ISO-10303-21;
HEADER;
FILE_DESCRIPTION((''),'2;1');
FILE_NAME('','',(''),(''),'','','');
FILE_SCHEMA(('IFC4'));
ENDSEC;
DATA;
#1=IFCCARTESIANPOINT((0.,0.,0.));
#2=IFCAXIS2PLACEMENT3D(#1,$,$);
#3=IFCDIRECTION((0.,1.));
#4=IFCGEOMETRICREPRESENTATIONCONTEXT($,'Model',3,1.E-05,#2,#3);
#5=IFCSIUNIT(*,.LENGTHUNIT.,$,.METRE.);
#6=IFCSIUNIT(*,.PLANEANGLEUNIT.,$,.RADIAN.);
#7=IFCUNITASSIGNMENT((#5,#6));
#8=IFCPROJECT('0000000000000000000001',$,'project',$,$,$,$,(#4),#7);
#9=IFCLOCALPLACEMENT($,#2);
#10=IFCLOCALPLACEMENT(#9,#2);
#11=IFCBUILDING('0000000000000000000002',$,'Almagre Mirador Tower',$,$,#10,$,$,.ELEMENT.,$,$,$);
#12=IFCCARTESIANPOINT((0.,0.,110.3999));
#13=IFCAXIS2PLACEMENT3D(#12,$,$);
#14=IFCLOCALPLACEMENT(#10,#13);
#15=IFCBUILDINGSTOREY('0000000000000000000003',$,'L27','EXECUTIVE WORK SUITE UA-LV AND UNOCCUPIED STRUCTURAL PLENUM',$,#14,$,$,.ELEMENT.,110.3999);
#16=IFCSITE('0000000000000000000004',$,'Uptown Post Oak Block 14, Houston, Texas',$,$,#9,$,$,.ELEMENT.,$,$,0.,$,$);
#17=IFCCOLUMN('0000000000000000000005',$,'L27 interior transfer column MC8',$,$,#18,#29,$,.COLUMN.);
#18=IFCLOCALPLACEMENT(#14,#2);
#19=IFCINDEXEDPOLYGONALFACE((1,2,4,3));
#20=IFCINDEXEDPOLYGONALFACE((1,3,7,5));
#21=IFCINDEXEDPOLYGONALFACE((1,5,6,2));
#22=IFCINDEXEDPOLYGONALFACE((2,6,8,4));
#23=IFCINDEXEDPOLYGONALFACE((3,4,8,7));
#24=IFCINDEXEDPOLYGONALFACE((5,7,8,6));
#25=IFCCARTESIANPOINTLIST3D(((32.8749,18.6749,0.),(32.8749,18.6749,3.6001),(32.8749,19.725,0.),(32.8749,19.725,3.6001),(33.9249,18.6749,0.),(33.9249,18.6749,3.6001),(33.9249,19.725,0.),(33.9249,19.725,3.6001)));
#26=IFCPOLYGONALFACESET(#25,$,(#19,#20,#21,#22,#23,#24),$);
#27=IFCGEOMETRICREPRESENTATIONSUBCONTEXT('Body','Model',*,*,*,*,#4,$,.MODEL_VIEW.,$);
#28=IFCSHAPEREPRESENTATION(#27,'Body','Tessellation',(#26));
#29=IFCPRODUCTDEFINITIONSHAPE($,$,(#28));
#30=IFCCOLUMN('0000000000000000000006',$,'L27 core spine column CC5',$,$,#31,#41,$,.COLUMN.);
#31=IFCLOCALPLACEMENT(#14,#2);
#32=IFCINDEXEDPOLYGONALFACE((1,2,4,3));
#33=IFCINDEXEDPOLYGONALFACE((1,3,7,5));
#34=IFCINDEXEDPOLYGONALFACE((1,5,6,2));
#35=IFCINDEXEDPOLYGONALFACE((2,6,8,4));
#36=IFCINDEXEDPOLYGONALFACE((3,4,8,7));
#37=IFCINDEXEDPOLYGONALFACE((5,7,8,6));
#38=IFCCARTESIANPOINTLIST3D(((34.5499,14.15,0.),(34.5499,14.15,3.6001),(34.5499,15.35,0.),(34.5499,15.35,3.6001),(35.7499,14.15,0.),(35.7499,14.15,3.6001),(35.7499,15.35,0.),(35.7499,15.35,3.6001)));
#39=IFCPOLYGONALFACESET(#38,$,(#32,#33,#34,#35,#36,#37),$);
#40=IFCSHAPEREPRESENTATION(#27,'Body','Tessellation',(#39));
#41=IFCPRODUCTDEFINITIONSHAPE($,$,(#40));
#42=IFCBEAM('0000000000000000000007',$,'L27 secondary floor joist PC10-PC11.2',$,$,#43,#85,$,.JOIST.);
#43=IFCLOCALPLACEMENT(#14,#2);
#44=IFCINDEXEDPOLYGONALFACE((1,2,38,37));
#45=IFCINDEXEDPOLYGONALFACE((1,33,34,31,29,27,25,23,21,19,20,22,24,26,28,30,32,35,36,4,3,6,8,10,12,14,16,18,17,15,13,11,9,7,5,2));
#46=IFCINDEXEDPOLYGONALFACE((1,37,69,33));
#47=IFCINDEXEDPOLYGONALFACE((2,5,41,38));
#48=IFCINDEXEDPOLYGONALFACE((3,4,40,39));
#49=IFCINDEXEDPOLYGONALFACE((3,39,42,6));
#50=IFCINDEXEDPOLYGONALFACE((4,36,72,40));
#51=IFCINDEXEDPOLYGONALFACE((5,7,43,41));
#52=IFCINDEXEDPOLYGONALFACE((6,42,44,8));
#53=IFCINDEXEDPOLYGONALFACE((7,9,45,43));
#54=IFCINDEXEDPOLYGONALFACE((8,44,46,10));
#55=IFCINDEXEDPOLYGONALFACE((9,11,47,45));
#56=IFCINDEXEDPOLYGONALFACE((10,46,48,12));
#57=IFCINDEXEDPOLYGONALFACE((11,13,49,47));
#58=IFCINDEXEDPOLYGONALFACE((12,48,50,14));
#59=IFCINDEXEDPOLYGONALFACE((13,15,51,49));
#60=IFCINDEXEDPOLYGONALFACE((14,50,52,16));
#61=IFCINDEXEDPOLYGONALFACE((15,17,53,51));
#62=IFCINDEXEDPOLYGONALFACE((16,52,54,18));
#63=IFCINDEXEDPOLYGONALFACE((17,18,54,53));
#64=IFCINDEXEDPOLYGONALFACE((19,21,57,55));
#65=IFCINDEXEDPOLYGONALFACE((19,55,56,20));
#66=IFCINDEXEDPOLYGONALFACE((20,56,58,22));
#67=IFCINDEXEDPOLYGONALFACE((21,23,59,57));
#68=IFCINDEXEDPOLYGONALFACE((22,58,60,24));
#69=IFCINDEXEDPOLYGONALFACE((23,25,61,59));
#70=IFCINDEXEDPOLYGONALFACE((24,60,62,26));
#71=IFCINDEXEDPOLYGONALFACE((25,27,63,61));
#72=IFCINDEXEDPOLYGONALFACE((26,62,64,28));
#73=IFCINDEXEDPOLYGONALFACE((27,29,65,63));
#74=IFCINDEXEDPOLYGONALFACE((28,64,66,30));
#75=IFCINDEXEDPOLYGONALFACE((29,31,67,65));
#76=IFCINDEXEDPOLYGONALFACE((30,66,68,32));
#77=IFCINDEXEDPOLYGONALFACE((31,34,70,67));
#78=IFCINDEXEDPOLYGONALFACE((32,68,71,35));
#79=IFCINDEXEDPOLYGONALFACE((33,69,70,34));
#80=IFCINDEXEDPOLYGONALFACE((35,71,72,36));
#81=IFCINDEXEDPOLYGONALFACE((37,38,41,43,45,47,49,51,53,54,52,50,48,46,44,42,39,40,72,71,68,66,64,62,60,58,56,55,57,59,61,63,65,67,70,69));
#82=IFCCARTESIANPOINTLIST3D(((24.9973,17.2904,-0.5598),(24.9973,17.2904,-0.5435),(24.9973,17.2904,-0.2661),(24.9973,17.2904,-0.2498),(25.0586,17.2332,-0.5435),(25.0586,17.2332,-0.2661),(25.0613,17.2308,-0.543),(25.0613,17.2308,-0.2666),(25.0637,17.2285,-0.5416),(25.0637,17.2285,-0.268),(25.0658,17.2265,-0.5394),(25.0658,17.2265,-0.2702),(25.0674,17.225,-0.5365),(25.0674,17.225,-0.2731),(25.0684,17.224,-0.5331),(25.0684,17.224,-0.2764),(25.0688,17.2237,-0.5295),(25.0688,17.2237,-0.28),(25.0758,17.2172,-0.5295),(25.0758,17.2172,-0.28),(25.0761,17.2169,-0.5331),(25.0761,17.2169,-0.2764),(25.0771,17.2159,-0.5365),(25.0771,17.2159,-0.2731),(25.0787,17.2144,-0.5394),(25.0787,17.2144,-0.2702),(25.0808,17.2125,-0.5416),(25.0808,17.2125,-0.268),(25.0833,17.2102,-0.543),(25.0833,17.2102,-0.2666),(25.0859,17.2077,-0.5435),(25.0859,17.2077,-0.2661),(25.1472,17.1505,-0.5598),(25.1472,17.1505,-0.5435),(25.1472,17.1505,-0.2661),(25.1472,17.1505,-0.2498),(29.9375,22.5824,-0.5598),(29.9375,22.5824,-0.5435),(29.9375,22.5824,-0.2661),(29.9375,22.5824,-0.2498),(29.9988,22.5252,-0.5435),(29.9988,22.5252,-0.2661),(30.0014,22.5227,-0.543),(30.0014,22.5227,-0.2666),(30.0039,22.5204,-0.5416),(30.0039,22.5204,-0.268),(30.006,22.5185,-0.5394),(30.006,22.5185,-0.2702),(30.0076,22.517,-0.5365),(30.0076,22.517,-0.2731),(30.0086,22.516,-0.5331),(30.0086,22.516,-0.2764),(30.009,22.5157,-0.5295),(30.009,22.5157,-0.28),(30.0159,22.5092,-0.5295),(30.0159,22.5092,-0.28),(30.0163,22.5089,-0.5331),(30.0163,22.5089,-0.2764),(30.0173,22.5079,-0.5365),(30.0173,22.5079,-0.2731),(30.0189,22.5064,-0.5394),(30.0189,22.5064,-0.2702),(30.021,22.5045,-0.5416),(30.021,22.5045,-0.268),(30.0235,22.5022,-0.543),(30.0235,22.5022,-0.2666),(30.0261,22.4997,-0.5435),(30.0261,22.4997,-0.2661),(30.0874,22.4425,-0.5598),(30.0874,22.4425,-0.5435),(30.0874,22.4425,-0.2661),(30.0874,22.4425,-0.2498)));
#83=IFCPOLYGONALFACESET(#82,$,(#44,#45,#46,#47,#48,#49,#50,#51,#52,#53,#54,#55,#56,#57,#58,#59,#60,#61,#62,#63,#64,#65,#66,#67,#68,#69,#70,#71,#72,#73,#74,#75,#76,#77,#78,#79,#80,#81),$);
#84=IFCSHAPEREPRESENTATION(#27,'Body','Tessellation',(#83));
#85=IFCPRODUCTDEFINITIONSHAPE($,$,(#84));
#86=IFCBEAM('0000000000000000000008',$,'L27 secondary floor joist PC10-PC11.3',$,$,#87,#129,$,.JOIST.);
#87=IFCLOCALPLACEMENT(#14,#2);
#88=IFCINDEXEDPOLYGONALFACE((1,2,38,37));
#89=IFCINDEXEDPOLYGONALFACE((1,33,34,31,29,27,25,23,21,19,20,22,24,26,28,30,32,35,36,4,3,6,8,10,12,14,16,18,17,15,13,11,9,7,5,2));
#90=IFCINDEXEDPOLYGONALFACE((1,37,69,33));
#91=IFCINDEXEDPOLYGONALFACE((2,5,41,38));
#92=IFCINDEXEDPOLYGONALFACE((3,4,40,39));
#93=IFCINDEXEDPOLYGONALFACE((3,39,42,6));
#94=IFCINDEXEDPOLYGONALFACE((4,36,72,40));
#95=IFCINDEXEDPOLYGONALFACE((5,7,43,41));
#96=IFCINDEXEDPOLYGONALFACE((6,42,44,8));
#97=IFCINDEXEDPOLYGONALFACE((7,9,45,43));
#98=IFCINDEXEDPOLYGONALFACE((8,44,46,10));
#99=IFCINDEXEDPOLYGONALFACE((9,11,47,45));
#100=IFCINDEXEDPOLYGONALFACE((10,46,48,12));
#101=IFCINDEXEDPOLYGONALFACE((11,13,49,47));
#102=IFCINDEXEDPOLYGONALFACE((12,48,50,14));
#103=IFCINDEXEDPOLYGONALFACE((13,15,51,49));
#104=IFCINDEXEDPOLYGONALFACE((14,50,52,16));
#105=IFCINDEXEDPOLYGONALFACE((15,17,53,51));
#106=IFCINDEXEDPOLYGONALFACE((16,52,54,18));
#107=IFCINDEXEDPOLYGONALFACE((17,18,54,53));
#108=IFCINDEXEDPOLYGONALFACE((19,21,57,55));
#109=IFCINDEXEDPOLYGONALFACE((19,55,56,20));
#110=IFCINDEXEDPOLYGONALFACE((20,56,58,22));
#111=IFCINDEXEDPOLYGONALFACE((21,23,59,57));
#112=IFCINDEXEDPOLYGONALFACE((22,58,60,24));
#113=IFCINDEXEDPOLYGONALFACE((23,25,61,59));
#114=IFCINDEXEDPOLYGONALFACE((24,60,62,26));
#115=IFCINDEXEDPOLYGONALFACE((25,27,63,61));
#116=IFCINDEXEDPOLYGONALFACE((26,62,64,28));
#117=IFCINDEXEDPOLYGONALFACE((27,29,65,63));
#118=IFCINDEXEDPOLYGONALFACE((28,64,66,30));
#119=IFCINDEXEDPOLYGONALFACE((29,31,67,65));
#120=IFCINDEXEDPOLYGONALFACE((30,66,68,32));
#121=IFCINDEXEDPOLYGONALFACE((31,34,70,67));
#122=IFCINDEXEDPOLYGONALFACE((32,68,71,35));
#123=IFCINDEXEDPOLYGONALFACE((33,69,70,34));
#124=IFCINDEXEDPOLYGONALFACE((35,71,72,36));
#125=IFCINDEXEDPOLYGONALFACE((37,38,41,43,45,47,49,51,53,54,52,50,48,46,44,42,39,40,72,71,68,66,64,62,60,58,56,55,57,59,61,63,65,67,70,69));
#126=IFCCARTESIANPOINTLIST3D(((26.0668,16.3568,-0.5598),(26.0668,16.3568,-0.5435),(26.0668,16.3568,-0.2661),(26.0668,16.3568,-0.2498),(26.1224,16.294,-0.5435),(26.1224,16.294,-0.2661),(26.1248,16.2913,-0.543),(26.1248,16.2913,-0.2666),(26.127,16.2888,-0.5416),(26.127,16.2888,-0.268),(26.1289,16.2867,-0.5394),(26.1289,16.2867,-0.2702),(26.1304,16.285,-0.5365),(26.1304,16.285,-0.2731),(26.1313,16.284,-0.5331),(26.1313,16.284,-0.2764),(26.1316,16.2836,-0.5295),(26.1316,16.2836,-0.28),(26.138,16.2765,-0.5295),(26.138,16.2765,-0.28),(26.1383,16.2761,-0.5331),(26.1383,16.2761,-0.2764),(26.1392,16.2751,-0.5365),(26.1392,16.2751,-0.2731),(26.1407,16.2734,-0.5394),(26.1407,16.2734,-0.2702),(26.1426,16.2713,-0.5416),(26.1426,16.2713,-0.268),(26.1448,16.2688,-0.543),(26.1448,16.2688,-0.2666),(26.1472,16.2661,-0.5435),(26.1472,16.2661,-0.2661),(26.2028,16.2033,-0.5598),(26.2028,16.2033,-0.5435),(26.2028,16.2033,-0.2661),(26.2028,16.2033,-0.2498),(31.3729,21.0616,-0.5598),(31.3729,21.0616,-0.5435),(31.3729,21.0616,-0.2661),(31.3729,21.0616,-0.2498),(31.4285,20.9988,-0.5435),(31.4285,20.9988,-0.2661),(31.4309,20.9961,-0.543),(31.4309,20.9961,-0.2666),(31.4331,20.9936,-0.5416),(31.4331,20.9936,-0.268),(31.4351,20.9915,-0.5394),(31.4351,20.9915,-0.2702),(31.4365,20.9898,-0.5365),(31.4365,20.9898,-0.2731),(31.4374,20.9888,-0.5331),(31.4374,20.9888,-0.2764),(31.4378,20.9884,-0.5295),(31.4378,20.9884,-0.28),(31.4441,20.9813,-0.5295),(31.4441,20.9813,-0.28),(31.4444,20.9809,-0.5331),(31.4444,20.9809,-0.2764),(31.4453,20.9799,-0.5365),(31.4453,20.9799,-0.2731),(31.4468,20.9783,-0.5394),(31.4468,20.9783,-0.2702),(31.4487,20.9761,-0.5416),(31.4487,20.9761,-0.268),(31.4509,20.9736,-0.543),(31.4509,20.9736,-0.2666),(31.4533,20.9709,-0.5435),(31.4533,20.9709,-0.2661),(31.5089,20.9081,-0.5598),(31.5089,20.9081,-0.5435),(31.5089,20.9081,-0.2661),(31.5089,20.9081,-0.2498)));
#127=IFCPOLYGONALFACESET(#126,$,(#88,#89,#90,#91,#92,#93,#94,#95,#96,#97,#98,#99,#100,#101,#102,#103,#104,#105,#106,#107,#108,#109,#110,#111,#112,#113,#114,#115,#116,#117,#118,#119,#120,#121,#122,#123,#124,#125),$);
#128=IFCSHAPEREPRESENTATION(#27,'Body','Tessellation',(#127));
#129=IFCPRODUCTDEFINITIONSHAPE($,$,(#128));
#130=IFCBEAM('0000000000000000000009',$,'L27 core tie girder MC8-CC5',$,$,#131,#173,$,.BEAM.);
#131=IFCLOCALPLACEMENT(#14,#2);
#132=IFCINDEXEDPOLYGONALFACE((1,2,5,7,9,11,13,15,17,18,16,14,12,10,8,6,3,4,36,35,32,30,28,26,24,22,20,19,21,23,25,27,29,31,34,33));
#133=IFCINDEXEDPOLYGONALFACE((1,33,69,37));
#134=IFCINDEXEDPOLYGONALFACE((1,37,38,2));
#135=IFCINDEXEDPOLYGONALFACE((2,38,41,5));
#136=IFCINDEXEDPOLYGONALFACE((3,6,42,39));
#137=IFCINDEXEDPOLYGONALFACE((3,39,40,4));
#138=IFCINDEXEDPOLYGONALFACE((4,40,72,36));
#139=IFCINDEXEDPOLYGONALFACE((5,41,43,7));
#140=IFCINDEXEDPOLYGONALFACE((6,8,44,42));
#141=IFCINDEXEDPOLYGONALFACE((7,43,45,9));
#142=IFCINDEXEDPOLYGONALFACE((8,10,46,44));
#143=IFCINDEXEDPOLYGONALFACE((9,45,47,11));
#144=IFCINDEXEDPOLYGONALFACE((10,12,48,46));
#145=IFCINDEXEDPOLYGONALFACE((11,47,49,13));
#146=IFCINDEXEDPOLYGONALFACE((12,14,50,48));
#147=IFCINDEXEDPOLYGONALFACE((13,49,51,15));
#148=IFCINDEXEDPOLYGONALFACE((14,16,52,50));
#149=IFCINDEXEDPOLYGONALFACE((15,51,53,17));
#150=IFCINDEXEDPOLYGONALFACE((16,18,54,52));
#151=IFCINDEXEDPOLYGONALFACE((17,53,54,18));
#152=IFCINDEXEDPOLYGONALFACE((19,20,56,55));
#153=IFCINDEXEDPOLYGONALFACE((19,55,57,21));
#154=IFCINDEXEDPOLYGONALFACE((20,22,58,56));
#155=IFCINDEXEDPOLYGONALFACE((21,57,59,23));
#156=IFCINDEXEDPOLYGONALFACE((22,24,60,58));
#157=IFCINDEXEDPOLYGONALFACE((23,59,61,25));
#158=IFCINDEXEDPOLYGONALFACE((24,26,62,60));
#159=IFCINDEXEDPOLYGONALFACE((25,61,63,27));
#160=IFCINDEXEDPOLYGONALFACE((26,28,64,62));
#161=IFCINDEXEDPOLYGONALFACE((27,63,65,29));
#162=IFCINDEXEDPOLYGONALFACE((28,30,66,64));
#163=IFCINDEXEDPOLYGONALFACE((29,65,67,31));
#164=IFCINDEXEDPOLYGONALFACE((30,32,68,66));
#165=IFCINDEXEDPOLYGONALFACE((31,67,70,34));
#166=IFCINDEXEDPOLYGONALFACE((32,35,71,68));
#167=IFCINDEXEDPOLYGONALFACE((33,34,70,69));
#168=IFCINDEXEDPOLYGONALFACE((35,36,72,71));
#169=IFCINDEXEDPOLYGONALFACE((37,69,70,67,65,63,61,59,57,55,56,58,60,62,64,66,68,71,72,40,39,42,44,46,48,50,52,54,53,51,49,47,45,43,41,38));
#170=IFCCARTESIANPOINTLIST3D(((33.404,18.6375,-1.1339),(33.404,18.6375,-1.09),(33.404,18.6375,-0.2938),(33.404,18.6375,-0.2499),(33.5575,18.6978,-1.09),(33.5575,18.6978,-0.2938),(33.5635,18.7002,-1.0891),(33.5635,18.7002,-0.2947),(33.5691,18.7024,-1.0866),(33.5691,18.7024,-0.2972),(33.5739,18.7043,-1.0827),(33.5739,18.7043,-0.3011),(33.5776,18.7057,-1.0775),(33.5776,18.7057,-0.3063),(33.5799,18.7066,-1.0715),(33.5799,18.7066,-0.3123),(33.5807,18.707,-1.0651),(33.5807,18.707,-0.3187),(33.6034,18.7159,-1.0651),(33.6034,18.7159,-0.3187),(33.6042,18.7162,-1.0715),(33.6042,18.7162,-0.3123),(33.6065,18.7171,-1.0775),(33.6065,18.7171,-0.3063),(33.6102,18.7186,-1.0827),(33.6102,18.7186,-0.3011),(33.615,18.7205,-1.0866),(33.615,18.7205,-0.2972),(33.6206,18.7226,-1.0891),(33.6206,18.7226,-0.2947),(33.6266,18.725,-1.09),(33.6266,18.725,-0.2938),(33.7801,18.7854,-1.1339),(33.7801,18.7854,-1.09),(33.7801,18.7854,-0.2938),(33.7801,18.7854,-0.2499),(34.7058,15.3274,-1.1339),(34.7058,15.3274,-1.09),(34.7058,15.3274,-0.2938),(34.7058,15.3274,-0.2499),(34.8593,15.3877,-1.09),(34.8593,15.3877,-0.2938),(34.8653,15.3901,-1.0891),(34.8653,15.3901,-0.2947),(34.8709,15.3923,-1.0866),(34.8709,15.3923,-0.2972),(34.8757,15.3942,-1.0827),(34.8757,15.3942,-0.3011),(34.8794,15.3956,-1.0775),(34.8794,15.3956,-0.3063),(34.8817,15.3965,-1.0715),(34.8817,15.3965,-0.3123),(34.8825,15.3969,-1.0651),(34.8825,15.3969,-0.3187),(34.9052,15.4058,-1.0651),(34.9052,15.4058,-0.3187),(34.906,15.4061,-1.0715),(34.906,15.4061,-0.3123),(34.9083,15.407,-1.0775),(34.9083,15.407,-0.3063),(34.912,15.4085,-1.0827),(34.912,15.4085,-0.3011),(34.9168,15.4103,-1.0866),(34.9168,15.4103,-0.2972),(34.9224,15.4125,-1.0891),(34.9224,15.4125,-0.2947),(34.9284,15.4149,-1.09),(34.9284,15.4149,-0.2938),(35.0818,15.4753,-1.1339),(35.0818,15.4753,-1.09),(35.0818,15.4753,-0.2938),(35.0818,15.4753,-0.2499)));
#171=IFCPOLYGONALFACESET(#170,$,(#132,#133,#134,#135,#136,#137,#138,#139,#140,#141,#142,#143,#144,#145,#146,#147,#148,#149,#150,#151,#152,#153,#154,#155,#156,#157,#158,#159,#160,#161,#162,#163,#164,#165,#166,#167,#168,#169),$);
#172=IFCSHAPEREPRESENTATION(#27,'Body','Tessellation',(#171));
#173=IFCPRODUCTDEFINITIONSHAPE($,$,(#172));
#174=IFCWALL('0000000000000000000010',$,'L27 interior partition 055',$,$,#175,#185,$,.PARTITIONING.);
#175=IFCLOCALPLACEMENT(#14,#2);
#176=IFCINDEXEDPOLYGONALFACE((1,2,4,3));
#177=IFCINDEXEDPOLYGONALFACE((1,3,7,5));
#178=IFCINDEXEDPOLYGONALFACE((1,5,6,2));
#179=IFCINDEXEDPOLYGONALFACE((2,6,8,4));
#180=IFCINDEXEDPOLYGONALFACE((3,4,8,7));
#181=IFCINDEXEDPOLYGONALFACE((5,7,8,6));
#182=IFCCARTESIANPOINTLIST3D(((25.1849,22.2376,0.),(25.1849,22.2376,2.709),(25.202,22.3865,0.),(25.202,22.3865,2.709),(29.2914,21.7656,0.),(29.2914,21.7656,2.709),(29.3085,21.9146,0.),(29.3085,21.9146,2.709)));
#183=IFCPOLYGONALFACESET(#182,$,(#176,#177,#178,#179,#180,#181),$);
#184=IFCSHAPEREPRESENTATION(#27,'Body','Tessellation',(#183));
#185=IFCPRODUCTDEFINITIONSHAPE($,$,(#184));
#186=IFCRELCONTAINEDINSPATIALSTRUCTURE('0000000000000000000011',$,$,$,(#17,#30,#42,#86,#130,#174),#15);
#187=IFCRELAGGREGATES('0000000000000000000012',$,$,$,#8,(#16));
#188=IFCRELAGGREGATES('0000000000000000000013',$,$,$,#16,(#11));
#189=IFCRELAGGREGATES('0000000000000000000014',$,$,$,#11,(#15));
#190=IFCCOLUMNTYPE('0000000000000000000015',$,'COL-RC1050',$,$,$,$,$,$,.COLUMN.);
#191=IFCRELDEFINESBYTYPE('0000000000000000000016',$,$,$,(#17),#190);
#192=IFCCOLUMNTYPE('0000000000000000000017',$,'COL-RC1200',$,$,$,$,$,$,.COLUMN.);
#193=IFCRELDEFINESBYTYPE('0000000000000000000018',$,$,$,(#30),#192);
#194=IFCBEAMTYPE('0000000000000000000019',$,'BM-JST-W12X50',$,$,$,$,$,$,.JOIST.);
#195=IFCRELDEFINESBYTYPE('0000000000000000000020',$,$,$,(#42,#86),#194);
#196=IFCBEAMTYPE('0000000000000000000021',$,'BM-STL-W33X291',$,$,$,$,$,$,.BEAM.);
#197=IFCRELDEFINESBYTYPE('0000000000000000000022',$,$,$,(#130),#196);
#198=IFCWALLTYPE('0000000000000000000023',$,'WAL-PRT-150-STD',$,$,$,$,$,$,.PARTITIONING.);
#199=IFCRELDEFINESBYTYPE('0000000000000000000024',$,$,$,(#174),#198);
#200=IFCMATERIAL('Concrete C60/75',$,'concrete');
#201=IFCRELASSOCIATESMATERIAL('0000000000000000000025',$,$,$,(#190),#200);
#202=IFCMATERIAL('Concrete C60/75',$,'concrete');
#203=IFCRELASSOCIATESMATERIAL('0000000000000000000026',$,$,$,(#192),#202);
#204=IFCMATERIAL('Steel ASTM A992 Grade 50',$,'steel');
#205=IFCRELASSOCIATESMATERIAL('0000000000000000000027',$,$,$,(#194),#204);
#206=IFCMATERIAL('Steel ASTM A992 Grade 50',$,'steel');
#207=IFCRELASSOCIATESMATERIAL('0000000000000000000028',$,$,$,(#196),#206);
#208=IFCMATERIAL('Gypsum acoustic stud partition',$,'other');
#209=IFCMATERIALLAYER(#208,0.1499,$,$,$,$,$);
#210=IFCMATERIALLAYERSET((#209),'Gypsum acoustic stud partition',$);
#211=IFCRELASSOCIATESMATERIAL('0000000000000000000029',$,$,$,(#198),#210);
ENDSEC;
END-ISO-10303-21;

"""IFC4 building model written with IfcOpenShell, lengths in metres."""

from ifc_helpers import new_model, si_unit, direction, frame, frame_2d, origin, origin_2d, place, context, subcontext, project, spatial, rectangle, i_section, extrude, material, layer, layer_set, material_profile, profile_set, type_object, element, save


model = new_model("IFC4")

# Units and contexts
model_context = context("Model", 3, precision=1e-05, world=origin(), true_north=direction((0.0, 1.0)))
body_context = subcontext(model_context, "Body", "Model", "MODEL_VIEW")
ifc_project = project(units=[si_unit("LENGTHUNIT", "METRE"), si_unit("PLANEANGLEUNIT", "RADIAN")], contexts=[model_context])

# Site, building, storey
site_placement = place(None, origin())
site = spatial("IfcSite", under=ifc_project, at=site_placement, Name="Uptown Post Oak Block 14, Houston, Texas", CompositionType="ELEMENT", RefElevation=0.0)
building_placement = place(site_placement, origin())
building = spatial("IfcBuilding", under=site, at=building_placement, Name="Almagre Mirador Tower", CompositionType="ELEMENT")
storey_placement = place(building_placement, frame((0.0, 0.0, 110.3999)))
storey = spatial("IfcBuildingStorey", under=building, at=storey_placement, Name="L27", Description="EXECUTIVE WORK SUITE UA-LV AND UNOCCUPIED STRUCTURAL PLENUM", CompositionType="ELEMENT", Elevation=110.3999)

# Columns
ifc_material_1 = material(Name="Concrete C60/75", Category="concrete")
ifc_material_profile_1 = material_profile(ifc_material_1, rectangle(XDim=1.05, YDim=1.05, at=origin_2d()), Name="RC1050X1050")
ifc_profile_set_1 = profile_set([ifc_material_profile_1], Name="Concrete C60/75")
column_type_1 = type_object("IfcColumnType", Name="COL-RC1050", PredefinedType="COLUMN", material=ifc_profile_set_1)
column_1_placement = place(storey_placement, frame((33.3999, 19.2, 0.0), z_axis=(0.0, 0.0, 1.0), x_axis=(1.0, 0.0, 0.0)))
element("IfcColumn", 1, at=column_1_placement, inside=storey, type_object=column_type_1, Name="L27 interior transfer column MC8", PredefinedType="COLUMN", context=body_context, shape_type="SweptSolid", body=[
    extrude(rectangle(XDim=1.05, YDim=1.05, at=origin_2d()), origin(), (0.0, 0.0, 1.0), 3.6001),
])
ifc_material_2 = material(Name="Concrete C60/75", Category="concrete")
ifc_material_profile_2 = material_profile(ifc_material_2, rectangle(XDim=1.2, YDim=1.2, at=origin_2d()), Name="RC1200X1200")
ifc_profile_set_2 = profile_set([ifc_material_profile_2], Name="Concrete C60/75")
column_type_2 = type_object("IfcColumnType", Name="COL-RC1200", PredefinedType="COLUMN", material=ifc_profile_set_2)
column_2_placement = place(storey_placement, frame((35.1499, 14.75, 0.0), z_axis=(0.0, 0.0, 1.0), x_axis=(1.0, 0.0, 0.0)))
element("IfcColumn", 2, at=column_2_placement, inside=storey, type_object=column_type_2, Name="L27 core spine column CC5", PredefinedType="COLUMN", context=body_context, shape_type="SweptSolid", body=[
    extrude(rectangle(XDim=1.2, YDim=1.2, at=origin_2d()), origin(), (0.0, 0.0, 1.0), 3.6001),
])

# Beams
ifc_material_3 = material(Name="Steel ASTM A992 Grade 50", Category="steel")
ifc_material_profile_3 = material_profile(ifc_material_3, i_section(OverallWidth=0.2051, OverallDepth=0.3101, WebThickness=0.0095, FlangeThickness=0.0164, FilletRadius=0.0139, at=origin_2d()), Name="W12X50")
ifc_profile_set_3 = profile_set([ifc_material_profile_3], Name="Steel ASTM A992 Grade 50")
beam_type_1 = type_object("IfcBeamType", Name="BM-JST-W12X50", PredefinedType="JOIST", material=ifc_profile_set_3)
beam_1_placement = place(storey_placement, frame((30.0125, 22.5125, -0.4048), z_axis=(-0.682392, -0.730987, 0.0), x_axis=(0.730987, -0.682392, 0.0)))
element("IfcBeam", 3, at=beam_1_placement, inside=storey, type_object=beam_type_1, Name="L27 secondary floor joist PC10-PC11.2", PredefinedType="JOIST", context=body_context, shape_type="SweptSolid", body=[
    extrude(i_section(OverallWidth=0.2051, OverallDepth=0.3101, WebThickness=0.0095, FlangeThickness=0.0164, FilletRadius=0.0139, at=origin_2d()), origin(), (0.0, 0.0, 1.0), 7.2395),
])
beam_2_placement = place(storey_placement, frame((31.4409, 20.9849, -0.4048), z_axis=(-0.748231, -0.663438, 0.0), x_axis=(0.663438, -0.748231, 0.0)))
element("IfcBeam", 4, at=beam_2_placement, inside=storey, type_object=beam_type_1, Name="L27 secondary floor joist PC10-PC11.3", PredefinedType="JOIST", context=body_context, shape_type="SweptSolid", body=[
    extrude(i_section(OverallWidth=0.2051, OverallDepth=0.3101, WebThickness=0.0095, FlangeThickness=0.0164, FilletRadius=0.0139, at=origin_2d()), origin(), (0.0, 0.0, 1.0), 7.0916),
])
ifc_material_4 = material(Name="Steel ASTM A992 Grade 50", Category="steel")
ifc_material_profile_4 = material_profile(ifc_material_4, i_section(OverallWidth=0.4041, OverallDepth=0.884, WebThickness=0.0244, FlangeThickness=0.0439, FilletRadius=0.0249, at=origin_2d()), Name="W33X291")
ifc_profile_set_4 = profile_set([ifc_material_profile_4], Name="Steel ASTM A992 Grade 50")
beam_type_2 = type_object("IfcBeamType", Name="BM-STL-W33X291", PredefinedType="BEAM", material=ifc_profile_set_4)
beam_3_placement = place(storey_placement, frame((33.592, 18.7114, -0.6919), z_axis=(0.365988, -0.93062, 0.0), x_axis=(0.93062, 0.365988, 0.0)))
element("IfcBeam", 5, at=beam_3_placement, inside=storey, type_object=beam_type_2, Name="L27 core tie girder MC8-CC5", PredefinedType="BEAM", context=body_context, shape_type="SweptSolid", body=[
    extrude(i_section(OverallWidth=0.4041, OverallDepth=0.884, WebThickness=0.0244, FlangeThickness=0.0439, FilletRadius=0.0249, at=origin_2d()), origin(), (0.0, 0.0, 1.0), 3.5569),
])

# Wall
ifc_material_5 = material(Name="Gypsum acoustic stud partition", Category="other")
ifc_layer_1 = layer(ifc_material_5, 0.1499)
ifc_layer_set_1 = layer_set([ifc_layer_1], Name="Gypsum acoustic stud partition")
wall_type_1 = type_object("IfcWallType", Name="WAL-PRT-150-STD", PredefinedType="PARTITIONING", material=ifc_layer_set_1)
wall_1_placement = place(storey_placement, frame((29.3, 21.8401, 0.0), z_axis=(0.0, 0.0, 1.0), x_axis=(-0.993461, 0.114171, 0.0)))
element("IfcWall", 6, at=wall_1_placement, inside=storey, type_object=wall_type_1, Name="L27 interior partition 055", PredefinedType="PARTITIONING", context=body_context, shape_type="SweptSolid", body=[
    extrude(rectangle(XDim=4.1335, YDim=0.1499, at=frame_2d((2.0669, 0.0))), origin(), (0.0, 0.0, 1.0), 2.709),
])

save(model, "model.ifc")
